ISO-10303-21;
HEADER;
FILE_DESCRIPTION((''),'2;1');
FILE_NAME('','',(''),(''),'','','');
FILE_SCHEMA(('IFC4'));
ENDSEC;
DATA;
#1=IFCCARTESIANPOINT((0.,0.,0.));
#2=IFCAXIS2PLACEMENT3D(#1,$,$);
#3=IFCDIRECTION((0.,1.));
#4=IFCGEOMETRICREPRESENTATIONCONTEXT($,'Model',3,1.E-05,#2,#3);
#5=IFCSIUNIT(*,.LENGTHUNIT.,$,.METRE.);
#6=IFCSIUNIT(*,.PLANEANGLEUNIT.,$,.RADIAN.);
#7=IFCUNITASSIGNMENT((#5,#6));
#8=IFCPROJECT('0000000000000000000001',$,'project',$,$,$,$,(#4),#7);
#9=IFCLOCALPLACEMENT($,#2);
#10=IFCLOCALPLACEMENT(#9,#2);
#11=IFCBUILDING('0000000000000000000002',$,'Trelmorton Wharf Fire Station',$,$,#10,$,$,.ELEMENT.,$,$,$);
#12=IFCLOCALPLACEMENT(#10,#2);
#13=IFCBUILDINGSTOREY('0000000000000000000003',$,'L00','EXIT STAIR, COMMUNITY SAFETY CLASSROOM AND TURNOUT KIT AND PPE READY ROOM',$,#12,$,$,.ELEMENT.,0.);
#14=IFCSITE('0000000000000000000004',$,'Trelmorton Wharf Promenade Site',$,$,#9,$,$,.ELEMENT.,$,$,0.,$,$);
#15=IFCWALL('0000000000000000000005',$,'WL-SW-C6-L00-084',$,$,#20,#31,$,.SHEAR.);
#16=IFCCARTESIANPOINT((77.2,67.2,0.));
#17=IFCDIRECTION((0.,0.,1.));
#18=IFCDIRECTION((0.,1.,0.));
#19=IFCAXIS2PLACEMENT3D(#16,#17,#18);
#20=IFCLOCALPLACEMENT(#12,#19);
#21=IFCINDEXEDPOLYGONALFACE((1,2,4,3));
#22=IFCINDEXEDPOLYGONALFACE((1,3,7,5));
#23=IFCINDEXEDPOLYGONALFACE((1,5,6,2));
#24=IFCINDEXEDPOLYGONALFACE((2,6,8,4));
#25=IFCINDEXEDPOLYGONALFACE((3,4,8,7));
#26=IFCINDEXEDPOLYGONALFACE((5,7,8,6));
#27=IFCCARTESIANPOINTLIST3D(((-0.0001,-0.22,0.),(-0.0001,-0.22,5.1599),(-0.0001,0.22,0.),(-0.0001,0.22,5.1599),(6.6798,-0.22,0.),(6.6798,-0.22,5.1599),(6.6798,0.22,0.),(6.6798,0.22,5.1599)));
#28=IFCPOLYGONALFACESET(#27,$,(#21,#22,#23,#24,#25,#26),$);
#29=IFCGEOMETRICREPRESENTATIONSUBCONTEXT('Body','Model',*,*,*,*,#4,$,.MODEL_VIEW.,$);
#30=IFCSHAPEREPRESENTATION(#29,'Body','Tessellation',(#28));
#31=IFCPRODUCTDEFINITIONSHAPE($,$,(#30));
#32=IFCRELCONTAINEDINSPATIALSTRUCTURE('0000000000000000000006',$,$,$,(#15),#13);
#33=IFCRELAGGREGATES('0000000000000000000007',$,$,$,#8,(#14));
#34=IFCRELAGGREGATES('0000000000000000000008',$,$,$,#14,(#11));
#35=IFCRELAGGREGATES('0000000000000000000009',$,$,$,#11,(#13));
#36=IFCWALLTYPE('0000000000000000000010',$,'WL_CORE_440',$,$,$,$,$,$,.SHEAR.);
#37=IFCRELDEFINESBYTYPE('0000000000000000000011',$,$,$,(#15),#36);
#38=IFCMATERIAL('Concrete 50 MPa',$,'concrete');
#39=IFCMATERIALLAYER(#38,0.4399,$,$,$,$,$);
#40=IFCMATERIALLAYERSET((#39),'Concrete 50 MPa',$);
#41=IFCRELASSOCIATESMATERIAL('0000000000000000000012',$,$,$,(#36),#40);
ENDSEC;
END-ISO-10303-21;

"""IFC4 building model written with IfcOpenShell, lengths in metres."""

from ifc_helpers import new_model, si_unit, direction, frame, frame_2d, origin, place, context, subcontext, project, spatial, rectangle, extrude, material, layer, layer_set, type_object, element, save


model = new_model("IFC4")

# Units and contexts
model_context = context("Model", 3, precision=1e-05, world=origin(), true_north=direction((0.0, 1.0)))
body_context = subcontext(model_context, "Body", "Model", "MODEL_VIEW")
ifc_project = project(units=[si_unit("LENGTHUNIT", "METRE"), si_unit("PLANEANGLEUNIT", "RADIAN")], contexts=[model_context])

# Site, building, storey
site_placement = place(None, origin())
site = spatial("IfcSite", under=ifc_project, at=site_placement, Name="Trelmorton Wharf Promenade Site", CompositionType="ELEMENT", RefElevation=0.0)
building_placement = place(site_placement, origin())
building = spatial("IfcBuilding", under=site, at=building_placement, Name="Trelmorton Wharf Fire Station", CompositionType="ELEMENT")
storey_placement = place(building_placement, origin())
storey = spatial("IfcBuildingStorey", under=building, at=storey_placement, Name="L00", Description="EXIT STAIR, COMMUNITY SAFETY CLASSROOM AND TURNOUT KIT AND PPE READY ROOM", CompositionType="ELEMENT", Elevation=0.0)

# Wall
ifc_material_1 = material(Name="Concrete 50 MPa", Category="concrete")
ifc_layer_1 = layer(ifc_material_1, 0.4399)
ifc_layer_set_1 = layer_set([ifc_layer_1], Name="Concrete 50 MPa")
wall_type_1 = type_object("IfcWallType", Name="WL_CORE_440", PredefinedType="SHEAR", material=ifc_layer_set_1)
wall_1_placement = place(storey_placement, frame((77.2, 67.2, 0.0), z_axis=(0.0, 0.0, 1.0), x_axis=(0.0, 1.0, 0.0)))
element("IfcWall", 1, at=wall_1_placement, inside=storey, type_object=wall_type_1, Name="WL-SW-C6-L00-084", PredefinedType="SHEAR", context=body_context, shape_type="SweptSolid", body=[
    extrude(rectangle(XDim=6.6799, YDim=0.4399, at=frame_2d((3.3398, 0.0))), origin(), (0.0, 0.0, 1.0), 5.1599),
])

save(model, "model.ifc")
